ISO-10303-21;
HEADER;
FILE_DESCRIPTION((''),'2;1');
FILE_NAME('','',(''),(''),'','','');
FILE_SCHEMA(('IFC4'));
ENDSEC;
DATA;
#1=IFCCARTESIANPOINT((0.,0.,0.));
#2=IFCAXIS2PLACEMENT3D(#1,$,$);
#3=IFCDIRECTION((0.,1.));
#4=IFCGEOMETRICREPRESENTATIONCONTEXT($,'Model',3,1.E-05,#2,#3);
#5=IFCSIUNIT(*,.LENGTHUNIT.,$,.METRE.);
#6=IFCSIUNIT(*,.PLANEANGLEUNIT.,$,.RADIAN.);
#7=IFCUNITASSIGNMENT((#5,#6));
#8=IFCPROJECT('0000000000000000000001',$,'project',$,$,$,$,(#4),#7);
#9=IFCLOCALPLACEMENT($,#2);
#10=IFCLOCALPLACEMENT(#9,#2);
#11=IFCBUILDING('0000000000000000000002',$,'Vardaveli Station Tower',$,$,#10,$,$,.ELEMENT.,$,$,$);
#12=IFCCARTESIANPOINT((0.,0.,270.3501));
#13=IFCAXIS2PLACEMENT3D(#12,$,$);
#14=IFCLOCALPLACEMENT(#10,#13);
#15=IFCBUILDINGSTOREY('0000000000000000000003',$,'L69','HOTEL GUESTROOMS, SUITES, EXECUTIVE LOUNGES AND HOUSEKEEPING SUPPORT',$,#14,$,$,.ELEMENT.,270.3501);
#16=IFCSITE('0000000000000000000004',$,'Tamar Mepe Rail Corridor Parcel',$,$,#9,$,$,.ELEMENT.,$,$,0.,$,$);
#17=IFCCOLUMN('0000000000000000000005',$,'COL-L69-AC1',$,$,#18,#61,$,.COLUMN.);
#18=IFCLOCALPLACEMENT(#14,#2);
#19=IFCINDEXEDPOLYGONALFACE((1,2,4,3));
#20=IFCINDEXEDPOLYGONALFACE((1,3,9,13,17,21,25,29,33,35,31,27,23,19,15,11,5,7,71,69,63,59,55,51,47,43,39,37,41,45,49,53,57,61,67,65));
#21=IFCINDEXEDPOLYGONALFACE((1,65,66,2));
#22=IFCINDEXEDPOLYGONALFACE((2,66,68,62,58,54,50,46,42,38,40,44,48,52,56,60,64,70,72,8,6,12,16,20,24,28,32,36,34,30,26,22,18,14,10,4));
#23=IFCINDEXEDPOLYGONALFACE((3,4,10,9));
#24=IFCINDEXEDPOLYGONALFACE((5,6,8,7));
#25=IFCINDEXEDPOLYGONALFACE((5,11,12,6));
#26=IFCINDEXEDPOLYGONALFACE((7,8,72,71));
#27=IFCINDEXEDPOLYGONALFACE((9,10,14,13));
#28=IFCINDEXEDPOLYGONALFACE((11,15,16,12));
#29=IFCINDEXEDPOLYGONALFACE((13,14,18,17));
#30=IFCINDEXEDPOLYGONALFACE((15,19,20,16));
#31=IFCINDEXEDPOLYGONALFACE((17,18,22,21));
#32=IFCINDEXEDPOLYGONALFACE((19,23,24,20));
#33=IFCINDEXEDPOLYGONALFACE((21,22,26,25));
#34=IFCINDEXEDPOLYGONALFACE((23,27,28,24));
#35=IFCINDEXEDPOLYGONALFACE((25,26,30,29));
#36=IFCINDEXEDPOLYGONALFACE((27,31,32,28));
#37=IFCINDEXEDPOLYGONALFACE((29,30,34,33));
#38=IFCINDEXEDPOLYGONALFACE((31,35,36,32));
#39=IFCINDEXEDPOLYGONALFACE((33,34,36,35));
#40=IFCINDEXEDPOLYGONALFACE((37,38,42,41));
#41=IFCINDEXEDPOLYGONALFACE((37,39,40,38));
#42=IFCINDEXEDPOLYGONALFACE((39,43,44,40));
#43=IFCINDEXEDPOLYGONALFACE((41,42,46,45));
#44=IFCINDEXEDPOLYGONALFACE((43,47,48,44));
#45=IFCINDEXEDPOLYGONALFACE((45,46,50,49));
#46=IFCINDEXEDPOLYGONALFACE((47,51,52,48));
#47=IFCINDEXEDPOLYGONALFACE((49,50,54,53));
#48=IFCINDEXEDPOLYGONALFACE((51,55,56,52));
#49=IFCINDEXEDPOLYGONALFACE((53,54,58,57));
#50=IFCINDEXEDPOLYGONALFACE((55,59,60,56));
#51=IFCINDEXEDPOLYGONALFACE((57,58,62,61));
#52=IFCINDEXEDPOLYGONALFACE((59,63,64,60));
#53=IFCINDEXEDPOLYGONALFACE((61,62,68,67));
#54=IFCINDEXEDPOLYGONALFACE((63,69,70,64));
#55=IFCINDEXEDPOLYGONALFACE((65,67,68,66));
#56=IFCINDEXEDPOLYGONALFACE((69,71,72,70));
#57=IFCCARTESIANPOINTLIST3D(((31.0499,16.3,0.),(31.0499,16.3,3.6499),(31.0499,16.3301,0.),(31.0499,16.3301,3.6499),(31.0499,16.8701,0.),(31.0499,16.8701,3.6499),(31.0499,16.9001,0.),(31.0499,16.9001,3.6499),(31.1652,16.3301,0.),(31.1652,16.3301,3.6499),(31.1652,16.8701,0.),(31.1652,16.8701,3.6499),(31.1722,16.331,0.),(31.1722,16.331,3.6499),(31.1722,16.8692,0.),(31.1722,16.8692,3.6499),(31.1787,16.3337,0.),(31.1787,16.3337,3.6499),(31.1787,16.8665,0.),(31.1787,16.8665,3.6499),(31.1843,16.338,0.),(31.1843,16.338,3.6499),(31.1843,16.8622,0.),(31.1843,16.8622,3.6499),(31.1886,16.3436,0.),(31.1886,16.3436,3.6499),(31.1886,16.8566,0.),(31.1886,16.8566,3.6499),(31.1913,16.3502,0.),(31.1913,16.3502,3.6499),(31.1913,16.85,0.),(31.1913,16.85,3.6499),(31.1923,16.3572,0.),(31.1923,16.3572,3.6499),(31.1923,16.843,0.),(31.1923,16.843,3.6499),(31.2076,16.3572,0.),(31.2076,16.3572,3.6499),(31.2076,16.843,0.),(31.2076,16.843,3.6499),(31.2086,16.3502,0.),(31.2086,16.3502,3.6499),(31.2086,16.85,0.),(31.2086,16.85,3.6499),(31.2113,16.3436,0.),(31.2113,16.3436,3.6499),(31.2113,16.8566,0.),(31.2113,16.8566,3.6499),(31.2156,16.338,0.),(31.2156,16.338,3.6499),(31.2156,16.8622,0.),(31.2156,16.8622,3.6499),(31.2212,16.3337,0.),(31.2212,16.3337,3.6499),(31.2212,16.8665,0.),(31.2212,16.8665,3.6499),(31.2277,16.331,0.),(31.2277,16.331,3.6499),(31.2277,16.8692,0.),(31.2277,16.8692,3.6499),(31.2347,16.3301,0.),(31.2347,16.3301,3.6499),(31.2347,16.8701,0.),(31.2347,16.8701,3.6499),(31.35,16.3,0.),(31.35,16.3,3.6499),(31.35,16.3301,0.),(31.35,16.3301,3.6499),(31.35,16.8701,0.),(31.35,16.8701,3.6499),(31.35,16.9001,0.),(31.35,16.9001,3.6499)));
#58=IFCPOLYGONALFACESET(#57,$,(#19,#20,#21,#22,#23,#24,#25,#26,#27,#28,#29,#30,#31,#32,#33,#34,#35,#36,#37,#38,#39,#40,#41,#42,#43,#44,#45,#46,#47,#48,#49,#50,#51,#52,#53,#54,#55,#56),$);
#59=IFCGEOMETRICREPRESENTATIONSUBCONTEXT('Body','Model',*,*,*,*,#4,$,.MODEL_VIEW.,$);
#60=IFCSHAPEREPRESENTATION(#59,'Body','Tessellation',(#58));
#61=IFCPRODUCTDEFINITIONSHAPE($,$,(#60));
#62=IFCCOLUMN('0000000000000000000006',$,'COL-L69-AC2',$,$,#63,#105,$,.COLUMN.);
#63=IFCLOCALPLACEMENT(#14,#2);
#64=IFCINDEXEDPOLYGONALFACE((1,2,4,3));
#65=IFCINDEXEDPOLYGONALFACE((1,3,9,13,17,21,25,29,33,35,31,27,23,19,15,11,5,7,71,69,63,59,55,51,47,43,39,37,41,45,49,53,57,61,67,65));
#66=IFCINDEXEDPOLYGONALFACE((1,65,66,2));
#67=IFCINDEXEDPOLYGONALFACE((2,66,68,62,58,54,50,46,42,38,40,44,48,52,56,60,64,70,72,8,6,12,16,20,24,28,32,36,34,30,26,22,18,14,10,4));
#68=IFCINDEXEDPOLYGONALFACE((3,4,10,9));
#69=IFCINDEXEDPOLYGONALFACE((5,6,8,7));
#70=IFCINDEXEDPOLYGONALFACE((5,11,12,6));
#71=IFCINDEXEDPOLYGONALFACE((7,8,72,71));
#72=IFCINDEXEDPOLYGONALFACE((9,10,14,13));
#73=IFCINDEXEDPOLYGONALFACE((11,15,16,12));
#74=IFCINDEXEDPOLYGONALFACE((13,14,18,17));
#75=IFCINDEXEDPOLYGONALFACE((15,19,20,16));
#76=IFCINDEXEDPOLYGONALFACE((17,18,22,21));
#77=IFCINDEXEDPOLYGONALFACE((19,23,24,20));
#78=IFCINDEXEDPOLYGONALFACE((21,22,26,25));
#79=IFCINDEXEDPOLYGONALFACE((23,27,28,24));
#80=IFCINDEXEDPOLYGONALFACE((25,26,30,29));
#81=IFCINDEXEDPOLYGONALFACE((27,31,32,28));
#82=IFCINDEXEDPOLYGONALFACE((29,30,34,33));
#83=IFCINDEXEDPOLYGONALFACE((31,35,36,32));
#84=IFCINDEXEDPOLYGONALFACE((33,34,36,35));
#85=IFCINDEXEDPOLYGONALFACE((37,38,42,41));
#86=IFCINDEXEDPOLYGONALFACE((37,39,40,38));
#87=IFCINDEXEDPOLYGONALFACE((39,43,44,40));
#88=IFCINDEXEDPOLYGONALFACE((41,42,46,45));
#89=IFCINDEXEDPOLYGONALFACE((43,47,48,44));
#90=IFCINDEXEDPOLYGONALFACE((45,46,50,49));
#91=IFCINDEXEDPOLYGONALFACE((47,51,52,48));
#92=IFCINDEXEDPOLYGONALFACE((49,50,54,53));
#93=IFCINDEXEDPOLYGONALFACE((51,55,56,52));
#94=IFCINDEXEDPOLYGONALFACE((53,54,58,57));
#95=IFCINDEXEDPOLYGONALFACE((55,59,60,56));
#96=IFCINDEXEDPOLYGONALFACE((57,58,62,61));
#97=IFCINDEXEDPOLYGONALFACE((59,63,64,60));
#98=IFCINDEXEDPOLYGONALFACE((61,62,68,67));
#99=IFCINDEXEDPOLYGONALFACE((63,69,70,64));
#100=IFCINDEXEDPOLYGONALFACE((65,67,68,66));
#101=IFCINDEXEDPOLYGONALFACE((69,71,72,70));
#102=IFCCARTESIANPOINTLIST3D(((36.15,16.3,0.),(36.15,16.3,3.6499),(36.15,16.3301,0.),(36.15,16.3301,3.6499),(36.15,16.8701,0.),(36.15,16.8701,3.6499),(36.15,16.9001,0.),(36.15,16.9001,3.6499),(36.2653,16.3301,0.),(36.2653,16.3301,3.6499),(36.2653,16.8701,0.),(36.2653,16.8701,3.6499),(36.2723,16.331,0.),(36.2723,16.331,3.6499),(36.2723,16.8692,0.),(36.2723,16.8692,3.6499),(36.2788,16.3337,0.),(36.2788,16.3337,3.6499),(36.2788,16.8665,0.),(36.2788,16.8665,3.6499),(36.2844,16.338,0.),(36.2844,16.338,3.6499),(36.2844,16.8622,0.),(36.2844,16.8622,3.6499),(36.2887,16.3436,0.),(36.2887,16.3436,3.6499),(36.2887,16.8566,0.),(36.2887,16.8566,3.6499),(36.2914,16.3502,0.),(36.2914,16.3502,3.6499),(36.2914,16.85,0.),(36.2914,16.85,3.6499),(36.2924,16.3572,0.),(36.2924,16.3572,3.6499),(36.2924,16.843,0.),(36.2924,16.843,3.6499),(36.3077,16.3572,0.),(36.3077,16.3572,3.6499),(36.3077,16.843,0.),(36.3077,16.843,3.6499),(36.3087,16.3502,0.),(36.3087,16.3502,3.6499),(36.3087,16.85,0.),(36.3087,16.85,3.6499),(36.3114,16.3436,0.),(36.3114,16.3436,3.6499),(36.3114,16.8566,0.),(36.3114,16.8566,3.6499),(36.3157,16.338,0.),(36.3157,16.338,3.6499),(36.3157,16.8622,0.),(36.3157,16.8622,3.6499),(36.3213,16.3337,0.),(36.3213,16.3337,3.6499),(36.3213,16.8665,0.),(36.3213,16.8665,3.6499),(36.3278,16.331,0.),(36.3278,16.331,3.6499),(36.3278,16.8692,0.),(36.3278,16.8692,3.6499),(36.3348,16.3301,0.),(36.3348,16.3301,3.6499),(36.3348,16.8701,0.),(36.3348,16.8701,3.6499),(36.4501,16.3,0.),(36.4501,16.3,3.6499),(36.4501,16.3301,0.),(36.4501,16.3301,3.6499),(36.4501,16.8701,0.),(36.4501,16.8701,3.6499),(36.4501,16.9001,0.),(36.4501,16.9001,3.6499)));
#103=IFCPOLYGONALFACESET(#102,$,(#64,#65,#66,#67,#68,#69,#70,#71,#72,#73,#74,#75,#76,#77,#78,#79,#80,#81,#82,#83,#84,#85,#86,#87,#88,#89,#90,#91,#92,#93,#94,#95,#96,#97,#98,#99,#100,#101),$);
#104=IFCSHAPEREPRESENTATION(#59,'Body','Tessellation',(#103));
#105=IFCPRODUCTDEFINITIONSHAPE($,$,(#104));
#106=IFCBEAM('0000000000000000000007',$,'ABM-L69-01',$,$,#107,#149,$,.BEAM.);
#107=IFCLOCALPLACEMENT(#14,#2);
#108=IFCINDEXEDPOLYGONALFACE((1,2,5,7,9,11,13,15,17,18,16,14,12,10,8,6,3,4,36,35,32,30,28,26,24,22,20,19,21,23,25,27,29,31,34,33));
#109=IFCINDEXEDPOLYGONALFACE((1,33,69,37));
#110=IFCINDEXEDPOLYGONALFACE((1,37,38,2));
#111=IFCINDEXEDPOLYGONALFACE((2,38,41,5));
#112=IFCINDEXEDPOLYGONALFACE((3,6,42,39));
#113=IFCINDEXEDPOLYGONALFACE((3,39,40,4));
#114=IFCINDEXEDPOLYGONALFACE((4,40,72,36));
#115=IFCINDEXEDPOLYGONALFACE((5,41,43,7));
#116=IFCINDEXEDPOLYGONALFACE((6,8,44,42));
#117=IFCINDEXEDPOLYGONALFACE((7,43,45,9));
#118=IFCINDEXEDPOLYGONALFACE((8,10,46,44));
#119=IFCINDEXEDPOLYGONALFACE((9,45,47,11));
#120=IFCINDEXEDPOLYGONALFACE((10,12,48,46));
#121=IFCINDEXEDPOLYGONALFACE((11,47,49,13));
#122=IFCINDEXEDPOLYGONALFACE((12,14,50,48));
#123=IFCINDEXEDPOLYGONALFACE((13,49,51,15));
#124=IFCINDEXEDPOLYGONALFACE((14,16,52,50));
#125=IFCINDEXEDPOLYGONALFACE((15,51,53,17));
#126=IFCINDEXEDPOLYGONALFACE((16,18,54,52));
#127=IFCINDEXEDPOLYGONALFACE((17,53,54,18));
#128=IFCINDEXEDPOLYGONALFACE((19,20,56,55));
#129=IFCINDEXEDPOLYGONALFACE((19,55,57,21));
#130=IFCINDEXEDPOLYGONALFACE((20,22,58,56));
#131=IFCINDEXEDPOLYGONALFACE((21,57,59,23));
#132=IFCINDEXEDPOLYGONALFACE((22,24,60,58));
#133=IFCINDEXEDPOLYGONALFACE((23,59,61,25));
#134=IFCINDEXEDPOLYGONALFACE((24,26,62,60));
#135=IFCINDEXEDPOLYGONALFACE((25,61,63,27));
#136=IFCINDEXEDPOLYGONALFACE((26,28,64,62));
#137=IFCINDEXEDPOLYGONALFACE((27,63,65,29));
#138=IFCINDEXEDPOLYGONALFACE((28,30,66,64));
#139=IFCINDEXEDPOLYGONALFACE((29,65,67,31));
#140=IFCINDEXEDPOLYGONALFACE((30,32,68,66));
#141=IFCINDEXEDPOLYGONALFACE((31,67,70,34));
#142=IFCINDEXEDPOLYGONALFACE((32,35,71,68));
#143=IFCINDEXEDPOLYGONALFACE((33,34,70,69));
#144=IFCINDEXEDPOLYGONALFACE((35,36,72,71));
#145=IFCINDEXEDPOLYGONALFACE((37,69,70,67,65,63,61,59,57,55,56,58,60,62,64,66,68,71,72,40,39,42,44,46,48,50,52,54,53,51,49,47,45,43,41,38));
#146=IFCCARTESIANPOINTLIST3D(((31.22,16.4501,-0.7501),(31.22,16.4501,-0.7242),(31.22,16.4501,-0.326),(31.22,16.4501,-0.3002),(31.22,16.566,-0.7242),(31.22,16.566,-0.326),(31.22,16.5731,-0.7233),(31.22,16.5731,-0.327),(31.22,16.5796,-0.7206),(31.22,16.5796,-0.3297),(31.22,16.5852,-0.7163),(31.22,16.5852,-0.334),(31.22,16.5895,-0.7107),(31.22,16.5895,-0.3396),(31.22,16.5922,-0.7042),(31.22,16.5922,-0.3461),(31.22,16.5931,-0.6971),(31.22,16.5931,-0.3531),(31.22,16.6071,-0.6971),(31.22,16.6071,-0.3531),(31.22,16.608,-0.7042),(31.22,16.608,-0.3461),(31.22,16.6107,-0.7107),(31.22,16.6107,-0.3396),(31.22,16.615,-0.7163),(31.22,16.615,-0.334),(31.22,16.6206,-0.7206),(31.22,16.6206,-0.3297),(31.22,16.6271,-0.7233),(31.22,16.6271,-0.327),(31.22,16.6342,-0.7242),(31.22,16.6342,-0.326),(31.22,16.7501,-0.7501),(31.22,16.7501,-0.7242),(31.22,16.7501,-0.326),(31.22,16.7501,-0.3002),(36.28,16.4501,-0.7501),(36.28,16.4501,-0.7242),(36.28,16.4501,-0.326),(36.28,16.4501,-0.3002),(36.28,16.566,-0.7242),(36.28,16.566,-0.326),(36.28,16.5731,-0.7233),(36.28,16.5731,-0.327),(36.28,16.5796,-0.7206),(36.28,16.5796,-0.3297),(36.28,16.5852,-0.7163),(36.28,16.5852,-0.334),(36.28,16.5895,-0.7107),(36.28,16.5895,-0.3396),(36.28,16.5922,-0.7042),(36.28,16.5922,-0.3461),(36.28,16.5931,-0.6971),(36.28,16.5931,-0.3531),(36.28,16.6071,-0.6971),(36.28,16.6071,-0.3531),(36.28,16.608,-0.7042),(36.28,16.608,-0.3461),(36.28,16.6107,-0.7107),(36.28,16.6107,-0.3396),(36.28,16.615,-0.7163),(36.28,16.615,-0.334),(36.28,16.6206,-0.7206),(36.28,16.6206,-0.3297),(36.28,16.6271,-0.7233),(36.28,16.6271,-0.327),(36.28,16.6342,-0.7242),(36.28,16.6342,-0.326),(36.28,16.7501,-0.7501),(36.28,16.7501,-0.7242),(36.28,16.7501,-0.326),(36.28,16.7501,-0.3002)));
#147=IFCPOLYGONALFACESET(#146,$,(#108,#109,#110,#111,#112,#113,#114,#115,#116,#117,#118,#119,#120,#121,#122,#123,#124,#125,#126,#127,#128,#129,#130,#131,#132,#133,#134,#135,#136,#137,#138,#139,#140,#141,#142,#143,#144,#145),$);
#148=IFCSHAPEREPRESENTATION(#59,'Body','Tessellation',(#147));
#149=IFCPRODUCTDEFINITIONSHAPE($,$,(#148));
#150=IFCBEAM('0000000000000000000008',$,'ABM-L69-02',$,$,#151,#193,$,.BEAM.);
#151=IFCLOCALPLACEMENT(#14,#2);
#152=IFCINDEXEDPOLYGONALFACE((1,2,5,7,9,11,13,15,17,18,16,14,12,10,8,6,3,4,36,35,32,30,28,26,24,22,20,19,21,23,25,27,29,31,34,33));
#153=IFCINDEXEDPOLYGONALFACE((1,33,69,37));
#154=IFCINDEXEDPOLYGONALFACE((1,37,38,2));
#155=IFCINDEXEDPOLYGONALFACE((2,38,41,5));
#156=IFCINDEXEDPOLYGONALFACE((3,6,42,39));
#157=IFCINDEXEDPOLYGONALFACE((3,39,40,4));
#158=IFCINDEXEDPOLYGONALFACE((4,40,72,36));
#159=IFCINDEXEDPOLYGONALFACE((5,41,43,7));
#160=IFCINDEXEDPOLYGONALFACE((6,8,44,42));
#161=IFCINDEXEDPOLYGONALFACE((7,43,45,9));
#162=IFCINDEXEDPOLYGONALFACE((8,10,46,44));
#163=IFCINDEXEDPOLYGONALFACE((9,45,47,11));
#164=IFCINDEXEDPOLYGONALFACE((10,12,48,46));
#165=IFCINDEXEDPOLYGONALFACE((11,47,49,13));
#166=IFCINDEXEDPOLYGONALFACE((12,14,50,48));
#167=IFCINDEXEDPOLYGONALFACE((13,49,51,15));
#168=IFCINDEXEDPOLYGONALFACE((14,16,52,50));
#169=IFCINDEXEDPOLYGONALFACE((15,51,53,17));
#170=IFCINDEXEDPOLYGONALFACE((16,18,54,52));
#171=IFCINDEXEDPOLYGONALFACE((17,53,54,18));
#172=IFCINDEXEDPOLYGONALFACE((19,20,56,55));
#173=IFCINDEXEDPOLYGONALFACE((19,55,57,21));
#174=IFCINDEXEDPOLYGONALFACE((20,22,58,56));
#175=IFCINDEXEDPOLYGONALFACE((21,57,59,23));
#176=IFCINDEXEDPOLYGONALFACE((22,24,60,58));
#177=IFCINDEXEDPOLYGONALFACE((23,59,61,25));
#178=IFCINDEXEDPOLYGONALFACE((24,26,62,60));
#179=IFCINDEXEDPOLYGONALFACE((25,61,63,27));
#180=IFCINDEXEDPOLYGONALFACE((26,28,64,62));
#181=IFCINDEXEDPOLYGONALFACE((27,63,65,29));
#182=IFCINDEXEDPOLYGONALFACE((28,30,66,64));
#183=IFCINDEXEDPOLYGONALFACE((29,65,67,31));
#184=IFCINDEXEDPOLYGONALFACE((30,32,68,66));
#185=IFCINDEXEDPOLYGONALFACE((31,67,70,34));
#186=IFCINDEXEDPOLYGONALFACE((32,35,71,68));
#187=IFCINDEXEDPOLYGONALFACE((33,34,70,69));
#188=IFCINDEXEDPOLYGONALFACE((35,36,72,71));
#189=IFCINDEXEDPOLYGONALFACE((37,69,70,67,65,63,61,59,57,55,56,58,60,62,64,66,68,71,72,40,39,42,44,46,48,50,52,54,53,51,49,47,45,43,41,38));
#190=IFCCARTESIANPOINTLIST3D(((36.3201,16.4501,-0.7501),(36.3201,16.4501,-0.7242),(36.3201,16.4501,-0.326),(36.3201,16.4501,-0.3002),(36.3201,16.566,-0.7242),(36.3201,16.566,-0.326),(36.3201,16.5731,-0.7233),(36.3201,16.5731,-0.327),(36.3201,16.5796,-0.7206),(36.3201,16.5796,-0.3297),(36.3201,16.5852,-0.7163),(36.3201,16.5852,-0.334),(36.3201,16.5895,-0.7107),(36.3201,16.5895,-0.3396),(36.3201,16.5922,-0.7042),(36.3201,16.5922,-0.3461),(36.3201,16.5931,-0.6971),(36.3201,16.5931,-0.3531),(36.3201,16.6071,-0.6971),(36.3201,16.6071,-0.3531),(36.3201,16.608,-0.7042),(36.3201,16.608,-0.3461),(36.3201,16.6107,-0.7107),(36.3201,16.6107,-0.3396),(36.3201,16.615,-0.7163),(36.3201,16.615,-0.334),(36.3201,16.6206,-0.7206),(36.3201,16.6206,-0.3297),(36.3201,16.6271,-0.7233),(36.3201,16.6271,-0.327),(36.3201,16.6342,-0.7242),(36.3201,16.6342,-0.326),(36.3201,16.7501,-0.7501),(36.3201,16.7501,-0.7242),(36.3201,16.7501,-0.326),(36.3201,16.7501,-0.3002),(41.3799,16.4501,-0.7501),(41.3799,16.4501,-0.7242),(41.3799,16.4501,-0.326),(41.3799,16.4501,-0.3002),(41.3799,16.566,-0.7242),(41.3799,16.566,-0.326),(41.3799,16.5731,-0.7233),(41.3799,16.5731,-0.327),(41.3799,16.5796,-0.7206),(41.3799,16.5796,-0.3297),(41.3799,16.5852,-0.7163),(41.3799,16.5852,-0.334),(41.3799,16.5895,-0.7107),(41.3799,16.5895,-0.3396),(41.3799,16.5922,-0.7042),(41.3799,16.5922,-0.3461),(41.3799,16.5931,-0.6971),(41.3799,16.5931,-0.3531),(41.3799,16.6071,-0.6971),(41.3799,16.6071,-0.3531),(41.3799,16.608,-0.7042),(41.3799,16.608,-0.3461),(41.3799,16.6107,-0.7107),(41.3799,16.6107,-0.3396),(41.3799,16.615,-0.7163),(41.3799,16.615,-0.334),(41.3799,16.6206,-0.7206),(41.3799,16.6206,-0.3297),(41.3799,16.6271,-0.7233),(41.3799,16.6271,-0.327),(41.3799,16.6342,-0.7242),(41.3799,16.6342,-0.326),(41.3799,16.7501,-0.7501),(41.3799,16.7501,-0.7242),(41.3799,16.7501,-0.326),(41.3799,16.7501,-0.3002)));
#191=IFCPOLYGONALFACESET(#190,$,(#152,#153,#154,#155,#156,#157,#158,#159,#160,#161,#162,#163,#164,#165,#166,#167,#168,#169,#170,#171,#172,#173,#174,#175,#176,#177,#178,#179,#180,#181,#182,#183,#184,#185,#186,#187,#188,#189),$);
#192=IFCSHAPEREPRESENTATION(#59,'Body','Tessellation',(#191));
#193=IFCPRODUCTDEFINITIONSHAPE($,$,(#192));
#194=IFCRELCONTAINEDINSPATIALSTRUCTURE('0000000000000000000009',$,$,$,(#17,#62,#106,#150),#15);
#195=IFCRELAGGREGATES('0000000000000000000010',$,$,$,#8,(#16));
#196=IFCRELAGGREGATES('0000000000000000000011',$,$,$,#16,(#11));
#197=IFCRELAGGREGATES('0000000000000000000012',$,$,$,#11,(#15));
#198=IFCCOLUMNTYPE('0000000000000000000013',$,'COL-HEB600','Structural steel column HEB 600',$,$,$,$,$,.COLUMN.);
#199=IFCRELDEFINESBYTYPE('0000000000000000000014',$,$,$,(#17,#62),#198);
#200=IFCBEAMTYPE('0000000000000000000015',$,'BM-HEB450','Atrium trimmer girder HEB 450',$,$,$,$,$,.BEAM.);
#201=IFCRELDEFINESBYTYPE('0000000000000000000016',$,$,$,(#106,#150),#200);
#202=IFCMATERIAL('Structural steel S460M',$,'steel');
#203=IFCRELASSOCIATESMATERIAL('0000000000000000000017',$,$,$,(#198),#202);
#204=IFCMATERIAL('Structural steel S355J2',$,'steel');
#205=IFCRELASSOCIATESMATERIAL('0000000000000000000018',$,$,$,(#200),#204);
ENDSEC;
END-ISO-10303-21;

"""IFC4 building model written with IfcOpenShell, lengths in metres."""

from ifc_helpers import new_model, si_unit, direction, frame, origin, origin_2d, place, context, subcontext, project, spatial, i_section, extrude, source, transform, mapped, material, material_profile, profile_set, type_object, element, save


model = new_model("IFC4")

# Units and contexts
model_context = context("Model", 3, precision=1e-05, world=origin(), true_north=direction((0.0, 1.0)))
body_context = subcontext(model_context, "Body", "Model", "MODEL_VIEW")
ifc_project = project(units=[si_unit("LENGTHUNIT", "METRE"), si_unit("PLANEANGLEUNIT", "RADIAN")], contexts=[model_context])

# Site, building, storey
site_placement = place(None, origin())
site = spatial("IfcSite", under=ifc_project, at=site_placement, Name="Tamar Mepe Rail Corridor Parcel", CompositionType="ELEMENT", RefElevation=0.0)
building_placement = place(site_placement, origin())
building = spatial("IfcBuilding", under=site, at=building_placement, Name="Vardaveli Station Tower", CompositionType="ELEMENT")
storey_placement = place(building_placement, frame((0.0, 0.0, 270.3501)))
storey = spatial("IfcBuildingStorey", under=building, at=storey_placement, Name="L69", Description="HOTEL GUESTROOMS, SUITES, EXECUTIVE LOUNGES AND HOUSEKEEPING SUPPORT", CompositionType="ELEMENT", Elevation=270.3501)

# Columns
ifc_material_1 = material(Name="Structural steel S460M", Category="steel")
ifc_material_profile_1 = material_profile(ifc_material_1, i_section(OverallWidth=0.3, OverallDepth=0.6001, WebThickness=0.0154, FlangeThickness=0.03, FilletRadius=0.0271, at=origin_2d()), Name="HEB 600")
ifc_profile_set_1 = profile_set([ifc_material_profile_1], Name="Structural steel S460M")
column_type = type_object("IfcColumnType", Name="COL-HEB600", Description="Structural steel column HEB 600", PredefinedType="COLUMN", material=ifc_profile_set_1)
shared_shape_1 = source(origin(), body_context, "Body", "SweptSolid", [
    extrude(i_section(OverallWidth=0.3, OverallDepth=0.6001, WebThickness=0.0154, FlangeThickness=0.03, FilletRadius=0.0271, at=origin_2d()), origin(), (0.0, 0.0, 1.0), 3.6499),
])
for number, where, z_axis, x_axis, name in (
    (1, (31.2, 16.6001, 0.0), (0.0, 0.0, 1.0), (1.0, 0.0, 0.0), "COL-L69-AC1"),
    (2, (36.3, 16.6001, 0.0), (0.0, 0.0, 1.0), (1.0, 0.0, 0.0), "COL-L69-AC2"),
):
    element("IfcColumn", number, at=place(storey_placement, frame(where, z_axis=z_axis, x_axis=x_axis)), inside=storey, type_object=column_type, Name=name, PredefinedType="COLUMN", context=body_context, shape_type="MappedRepresentation", body=[
        mapped(shared_shape_1, transform((0.0, 0.0, 0.0), scale=1.0)),
    ])

# Beams
ifc_material_2 = material(Name="Structural steel S355J2", Category="steel")
ifc_material_profile_2 = material_profile(ifc_material_2, i_section(OverallWidth=0.3, OverallDepth=0.45, WebThickness=0.0139, FlangeThickness=0.0259, FilletRadius=0.0271, at=origin_2d()), Name="HEB 450")
ifc_profile_set_2 = profile_set([ifc_material_profile_2], Name="Structural steel S355J2")
beam_type_1 = type_object("IfcBeamType", Name="BM-HEB450", Description="Atrium trimmer girder HEB 450", PredefinedType="BEAM", material=ifc_profile_set_2)
shared_shape_2 = source(origin(), body_context, "Body", "SweptSolid", [
    extrude(i_section(OverallWidth=0.3, OverallDepth=0.45, WebThickness=0.0139, FlangeThickness=0.0259, FilletRadius=0.0271, at=origin_2d()), origin(), (0.0, 0.0, 1.0), 5.0601),
])
beam_1_placement = place(storey_placement, frame((31.22, 16.6001, -0.5251), z_axis=(1.0, 0.0, 0.0), x_axis=(0.0, 1.0, 0.0)))
element("IfcBeam", 3, at=beam_1_placement, inside=storey, type_object=beam_type_1, Name="ABM-L69-01", PredefinedType="BEAM", context=body_context, shape_type="MappedRepresentation", body=[
    mapped(shared_shape_2, transform((0.0, 0.0, 0.0), scale=1.0)),
])
shared_shape_3 = source(origin(), body_context, "Body", "SweptSolid", [
    extrude(i_section(OverallWidth=0.3, OverallDepth=0.45, WebThickness=0.0139, FlangeThickness=0.0259, FilletRadius=0.0271, at=origin_2d()), origin(), (0.0, 0.0, 1.0), 5.0598),
])
beam_2_placement = place(storey_placement, frame((36.3201, 16.6001, -0.5251), z_axis=(1.0, 0.0, 0.0), x_axis=(0.0, 1.0, 0.0)))
element("IfcBeam", 4, at=beam_2_placement, inside=storey, type_object=beam_type_1, Name="ABM-L69-02", PredefinedType="BEAM", context=body_context, shape_type="MappedRepresentation", body=[
    mapped(shared_shape_3, transform((0.0, 0.0, 0.0), scale=1.0)),
])

save(model, "model.ifc")
